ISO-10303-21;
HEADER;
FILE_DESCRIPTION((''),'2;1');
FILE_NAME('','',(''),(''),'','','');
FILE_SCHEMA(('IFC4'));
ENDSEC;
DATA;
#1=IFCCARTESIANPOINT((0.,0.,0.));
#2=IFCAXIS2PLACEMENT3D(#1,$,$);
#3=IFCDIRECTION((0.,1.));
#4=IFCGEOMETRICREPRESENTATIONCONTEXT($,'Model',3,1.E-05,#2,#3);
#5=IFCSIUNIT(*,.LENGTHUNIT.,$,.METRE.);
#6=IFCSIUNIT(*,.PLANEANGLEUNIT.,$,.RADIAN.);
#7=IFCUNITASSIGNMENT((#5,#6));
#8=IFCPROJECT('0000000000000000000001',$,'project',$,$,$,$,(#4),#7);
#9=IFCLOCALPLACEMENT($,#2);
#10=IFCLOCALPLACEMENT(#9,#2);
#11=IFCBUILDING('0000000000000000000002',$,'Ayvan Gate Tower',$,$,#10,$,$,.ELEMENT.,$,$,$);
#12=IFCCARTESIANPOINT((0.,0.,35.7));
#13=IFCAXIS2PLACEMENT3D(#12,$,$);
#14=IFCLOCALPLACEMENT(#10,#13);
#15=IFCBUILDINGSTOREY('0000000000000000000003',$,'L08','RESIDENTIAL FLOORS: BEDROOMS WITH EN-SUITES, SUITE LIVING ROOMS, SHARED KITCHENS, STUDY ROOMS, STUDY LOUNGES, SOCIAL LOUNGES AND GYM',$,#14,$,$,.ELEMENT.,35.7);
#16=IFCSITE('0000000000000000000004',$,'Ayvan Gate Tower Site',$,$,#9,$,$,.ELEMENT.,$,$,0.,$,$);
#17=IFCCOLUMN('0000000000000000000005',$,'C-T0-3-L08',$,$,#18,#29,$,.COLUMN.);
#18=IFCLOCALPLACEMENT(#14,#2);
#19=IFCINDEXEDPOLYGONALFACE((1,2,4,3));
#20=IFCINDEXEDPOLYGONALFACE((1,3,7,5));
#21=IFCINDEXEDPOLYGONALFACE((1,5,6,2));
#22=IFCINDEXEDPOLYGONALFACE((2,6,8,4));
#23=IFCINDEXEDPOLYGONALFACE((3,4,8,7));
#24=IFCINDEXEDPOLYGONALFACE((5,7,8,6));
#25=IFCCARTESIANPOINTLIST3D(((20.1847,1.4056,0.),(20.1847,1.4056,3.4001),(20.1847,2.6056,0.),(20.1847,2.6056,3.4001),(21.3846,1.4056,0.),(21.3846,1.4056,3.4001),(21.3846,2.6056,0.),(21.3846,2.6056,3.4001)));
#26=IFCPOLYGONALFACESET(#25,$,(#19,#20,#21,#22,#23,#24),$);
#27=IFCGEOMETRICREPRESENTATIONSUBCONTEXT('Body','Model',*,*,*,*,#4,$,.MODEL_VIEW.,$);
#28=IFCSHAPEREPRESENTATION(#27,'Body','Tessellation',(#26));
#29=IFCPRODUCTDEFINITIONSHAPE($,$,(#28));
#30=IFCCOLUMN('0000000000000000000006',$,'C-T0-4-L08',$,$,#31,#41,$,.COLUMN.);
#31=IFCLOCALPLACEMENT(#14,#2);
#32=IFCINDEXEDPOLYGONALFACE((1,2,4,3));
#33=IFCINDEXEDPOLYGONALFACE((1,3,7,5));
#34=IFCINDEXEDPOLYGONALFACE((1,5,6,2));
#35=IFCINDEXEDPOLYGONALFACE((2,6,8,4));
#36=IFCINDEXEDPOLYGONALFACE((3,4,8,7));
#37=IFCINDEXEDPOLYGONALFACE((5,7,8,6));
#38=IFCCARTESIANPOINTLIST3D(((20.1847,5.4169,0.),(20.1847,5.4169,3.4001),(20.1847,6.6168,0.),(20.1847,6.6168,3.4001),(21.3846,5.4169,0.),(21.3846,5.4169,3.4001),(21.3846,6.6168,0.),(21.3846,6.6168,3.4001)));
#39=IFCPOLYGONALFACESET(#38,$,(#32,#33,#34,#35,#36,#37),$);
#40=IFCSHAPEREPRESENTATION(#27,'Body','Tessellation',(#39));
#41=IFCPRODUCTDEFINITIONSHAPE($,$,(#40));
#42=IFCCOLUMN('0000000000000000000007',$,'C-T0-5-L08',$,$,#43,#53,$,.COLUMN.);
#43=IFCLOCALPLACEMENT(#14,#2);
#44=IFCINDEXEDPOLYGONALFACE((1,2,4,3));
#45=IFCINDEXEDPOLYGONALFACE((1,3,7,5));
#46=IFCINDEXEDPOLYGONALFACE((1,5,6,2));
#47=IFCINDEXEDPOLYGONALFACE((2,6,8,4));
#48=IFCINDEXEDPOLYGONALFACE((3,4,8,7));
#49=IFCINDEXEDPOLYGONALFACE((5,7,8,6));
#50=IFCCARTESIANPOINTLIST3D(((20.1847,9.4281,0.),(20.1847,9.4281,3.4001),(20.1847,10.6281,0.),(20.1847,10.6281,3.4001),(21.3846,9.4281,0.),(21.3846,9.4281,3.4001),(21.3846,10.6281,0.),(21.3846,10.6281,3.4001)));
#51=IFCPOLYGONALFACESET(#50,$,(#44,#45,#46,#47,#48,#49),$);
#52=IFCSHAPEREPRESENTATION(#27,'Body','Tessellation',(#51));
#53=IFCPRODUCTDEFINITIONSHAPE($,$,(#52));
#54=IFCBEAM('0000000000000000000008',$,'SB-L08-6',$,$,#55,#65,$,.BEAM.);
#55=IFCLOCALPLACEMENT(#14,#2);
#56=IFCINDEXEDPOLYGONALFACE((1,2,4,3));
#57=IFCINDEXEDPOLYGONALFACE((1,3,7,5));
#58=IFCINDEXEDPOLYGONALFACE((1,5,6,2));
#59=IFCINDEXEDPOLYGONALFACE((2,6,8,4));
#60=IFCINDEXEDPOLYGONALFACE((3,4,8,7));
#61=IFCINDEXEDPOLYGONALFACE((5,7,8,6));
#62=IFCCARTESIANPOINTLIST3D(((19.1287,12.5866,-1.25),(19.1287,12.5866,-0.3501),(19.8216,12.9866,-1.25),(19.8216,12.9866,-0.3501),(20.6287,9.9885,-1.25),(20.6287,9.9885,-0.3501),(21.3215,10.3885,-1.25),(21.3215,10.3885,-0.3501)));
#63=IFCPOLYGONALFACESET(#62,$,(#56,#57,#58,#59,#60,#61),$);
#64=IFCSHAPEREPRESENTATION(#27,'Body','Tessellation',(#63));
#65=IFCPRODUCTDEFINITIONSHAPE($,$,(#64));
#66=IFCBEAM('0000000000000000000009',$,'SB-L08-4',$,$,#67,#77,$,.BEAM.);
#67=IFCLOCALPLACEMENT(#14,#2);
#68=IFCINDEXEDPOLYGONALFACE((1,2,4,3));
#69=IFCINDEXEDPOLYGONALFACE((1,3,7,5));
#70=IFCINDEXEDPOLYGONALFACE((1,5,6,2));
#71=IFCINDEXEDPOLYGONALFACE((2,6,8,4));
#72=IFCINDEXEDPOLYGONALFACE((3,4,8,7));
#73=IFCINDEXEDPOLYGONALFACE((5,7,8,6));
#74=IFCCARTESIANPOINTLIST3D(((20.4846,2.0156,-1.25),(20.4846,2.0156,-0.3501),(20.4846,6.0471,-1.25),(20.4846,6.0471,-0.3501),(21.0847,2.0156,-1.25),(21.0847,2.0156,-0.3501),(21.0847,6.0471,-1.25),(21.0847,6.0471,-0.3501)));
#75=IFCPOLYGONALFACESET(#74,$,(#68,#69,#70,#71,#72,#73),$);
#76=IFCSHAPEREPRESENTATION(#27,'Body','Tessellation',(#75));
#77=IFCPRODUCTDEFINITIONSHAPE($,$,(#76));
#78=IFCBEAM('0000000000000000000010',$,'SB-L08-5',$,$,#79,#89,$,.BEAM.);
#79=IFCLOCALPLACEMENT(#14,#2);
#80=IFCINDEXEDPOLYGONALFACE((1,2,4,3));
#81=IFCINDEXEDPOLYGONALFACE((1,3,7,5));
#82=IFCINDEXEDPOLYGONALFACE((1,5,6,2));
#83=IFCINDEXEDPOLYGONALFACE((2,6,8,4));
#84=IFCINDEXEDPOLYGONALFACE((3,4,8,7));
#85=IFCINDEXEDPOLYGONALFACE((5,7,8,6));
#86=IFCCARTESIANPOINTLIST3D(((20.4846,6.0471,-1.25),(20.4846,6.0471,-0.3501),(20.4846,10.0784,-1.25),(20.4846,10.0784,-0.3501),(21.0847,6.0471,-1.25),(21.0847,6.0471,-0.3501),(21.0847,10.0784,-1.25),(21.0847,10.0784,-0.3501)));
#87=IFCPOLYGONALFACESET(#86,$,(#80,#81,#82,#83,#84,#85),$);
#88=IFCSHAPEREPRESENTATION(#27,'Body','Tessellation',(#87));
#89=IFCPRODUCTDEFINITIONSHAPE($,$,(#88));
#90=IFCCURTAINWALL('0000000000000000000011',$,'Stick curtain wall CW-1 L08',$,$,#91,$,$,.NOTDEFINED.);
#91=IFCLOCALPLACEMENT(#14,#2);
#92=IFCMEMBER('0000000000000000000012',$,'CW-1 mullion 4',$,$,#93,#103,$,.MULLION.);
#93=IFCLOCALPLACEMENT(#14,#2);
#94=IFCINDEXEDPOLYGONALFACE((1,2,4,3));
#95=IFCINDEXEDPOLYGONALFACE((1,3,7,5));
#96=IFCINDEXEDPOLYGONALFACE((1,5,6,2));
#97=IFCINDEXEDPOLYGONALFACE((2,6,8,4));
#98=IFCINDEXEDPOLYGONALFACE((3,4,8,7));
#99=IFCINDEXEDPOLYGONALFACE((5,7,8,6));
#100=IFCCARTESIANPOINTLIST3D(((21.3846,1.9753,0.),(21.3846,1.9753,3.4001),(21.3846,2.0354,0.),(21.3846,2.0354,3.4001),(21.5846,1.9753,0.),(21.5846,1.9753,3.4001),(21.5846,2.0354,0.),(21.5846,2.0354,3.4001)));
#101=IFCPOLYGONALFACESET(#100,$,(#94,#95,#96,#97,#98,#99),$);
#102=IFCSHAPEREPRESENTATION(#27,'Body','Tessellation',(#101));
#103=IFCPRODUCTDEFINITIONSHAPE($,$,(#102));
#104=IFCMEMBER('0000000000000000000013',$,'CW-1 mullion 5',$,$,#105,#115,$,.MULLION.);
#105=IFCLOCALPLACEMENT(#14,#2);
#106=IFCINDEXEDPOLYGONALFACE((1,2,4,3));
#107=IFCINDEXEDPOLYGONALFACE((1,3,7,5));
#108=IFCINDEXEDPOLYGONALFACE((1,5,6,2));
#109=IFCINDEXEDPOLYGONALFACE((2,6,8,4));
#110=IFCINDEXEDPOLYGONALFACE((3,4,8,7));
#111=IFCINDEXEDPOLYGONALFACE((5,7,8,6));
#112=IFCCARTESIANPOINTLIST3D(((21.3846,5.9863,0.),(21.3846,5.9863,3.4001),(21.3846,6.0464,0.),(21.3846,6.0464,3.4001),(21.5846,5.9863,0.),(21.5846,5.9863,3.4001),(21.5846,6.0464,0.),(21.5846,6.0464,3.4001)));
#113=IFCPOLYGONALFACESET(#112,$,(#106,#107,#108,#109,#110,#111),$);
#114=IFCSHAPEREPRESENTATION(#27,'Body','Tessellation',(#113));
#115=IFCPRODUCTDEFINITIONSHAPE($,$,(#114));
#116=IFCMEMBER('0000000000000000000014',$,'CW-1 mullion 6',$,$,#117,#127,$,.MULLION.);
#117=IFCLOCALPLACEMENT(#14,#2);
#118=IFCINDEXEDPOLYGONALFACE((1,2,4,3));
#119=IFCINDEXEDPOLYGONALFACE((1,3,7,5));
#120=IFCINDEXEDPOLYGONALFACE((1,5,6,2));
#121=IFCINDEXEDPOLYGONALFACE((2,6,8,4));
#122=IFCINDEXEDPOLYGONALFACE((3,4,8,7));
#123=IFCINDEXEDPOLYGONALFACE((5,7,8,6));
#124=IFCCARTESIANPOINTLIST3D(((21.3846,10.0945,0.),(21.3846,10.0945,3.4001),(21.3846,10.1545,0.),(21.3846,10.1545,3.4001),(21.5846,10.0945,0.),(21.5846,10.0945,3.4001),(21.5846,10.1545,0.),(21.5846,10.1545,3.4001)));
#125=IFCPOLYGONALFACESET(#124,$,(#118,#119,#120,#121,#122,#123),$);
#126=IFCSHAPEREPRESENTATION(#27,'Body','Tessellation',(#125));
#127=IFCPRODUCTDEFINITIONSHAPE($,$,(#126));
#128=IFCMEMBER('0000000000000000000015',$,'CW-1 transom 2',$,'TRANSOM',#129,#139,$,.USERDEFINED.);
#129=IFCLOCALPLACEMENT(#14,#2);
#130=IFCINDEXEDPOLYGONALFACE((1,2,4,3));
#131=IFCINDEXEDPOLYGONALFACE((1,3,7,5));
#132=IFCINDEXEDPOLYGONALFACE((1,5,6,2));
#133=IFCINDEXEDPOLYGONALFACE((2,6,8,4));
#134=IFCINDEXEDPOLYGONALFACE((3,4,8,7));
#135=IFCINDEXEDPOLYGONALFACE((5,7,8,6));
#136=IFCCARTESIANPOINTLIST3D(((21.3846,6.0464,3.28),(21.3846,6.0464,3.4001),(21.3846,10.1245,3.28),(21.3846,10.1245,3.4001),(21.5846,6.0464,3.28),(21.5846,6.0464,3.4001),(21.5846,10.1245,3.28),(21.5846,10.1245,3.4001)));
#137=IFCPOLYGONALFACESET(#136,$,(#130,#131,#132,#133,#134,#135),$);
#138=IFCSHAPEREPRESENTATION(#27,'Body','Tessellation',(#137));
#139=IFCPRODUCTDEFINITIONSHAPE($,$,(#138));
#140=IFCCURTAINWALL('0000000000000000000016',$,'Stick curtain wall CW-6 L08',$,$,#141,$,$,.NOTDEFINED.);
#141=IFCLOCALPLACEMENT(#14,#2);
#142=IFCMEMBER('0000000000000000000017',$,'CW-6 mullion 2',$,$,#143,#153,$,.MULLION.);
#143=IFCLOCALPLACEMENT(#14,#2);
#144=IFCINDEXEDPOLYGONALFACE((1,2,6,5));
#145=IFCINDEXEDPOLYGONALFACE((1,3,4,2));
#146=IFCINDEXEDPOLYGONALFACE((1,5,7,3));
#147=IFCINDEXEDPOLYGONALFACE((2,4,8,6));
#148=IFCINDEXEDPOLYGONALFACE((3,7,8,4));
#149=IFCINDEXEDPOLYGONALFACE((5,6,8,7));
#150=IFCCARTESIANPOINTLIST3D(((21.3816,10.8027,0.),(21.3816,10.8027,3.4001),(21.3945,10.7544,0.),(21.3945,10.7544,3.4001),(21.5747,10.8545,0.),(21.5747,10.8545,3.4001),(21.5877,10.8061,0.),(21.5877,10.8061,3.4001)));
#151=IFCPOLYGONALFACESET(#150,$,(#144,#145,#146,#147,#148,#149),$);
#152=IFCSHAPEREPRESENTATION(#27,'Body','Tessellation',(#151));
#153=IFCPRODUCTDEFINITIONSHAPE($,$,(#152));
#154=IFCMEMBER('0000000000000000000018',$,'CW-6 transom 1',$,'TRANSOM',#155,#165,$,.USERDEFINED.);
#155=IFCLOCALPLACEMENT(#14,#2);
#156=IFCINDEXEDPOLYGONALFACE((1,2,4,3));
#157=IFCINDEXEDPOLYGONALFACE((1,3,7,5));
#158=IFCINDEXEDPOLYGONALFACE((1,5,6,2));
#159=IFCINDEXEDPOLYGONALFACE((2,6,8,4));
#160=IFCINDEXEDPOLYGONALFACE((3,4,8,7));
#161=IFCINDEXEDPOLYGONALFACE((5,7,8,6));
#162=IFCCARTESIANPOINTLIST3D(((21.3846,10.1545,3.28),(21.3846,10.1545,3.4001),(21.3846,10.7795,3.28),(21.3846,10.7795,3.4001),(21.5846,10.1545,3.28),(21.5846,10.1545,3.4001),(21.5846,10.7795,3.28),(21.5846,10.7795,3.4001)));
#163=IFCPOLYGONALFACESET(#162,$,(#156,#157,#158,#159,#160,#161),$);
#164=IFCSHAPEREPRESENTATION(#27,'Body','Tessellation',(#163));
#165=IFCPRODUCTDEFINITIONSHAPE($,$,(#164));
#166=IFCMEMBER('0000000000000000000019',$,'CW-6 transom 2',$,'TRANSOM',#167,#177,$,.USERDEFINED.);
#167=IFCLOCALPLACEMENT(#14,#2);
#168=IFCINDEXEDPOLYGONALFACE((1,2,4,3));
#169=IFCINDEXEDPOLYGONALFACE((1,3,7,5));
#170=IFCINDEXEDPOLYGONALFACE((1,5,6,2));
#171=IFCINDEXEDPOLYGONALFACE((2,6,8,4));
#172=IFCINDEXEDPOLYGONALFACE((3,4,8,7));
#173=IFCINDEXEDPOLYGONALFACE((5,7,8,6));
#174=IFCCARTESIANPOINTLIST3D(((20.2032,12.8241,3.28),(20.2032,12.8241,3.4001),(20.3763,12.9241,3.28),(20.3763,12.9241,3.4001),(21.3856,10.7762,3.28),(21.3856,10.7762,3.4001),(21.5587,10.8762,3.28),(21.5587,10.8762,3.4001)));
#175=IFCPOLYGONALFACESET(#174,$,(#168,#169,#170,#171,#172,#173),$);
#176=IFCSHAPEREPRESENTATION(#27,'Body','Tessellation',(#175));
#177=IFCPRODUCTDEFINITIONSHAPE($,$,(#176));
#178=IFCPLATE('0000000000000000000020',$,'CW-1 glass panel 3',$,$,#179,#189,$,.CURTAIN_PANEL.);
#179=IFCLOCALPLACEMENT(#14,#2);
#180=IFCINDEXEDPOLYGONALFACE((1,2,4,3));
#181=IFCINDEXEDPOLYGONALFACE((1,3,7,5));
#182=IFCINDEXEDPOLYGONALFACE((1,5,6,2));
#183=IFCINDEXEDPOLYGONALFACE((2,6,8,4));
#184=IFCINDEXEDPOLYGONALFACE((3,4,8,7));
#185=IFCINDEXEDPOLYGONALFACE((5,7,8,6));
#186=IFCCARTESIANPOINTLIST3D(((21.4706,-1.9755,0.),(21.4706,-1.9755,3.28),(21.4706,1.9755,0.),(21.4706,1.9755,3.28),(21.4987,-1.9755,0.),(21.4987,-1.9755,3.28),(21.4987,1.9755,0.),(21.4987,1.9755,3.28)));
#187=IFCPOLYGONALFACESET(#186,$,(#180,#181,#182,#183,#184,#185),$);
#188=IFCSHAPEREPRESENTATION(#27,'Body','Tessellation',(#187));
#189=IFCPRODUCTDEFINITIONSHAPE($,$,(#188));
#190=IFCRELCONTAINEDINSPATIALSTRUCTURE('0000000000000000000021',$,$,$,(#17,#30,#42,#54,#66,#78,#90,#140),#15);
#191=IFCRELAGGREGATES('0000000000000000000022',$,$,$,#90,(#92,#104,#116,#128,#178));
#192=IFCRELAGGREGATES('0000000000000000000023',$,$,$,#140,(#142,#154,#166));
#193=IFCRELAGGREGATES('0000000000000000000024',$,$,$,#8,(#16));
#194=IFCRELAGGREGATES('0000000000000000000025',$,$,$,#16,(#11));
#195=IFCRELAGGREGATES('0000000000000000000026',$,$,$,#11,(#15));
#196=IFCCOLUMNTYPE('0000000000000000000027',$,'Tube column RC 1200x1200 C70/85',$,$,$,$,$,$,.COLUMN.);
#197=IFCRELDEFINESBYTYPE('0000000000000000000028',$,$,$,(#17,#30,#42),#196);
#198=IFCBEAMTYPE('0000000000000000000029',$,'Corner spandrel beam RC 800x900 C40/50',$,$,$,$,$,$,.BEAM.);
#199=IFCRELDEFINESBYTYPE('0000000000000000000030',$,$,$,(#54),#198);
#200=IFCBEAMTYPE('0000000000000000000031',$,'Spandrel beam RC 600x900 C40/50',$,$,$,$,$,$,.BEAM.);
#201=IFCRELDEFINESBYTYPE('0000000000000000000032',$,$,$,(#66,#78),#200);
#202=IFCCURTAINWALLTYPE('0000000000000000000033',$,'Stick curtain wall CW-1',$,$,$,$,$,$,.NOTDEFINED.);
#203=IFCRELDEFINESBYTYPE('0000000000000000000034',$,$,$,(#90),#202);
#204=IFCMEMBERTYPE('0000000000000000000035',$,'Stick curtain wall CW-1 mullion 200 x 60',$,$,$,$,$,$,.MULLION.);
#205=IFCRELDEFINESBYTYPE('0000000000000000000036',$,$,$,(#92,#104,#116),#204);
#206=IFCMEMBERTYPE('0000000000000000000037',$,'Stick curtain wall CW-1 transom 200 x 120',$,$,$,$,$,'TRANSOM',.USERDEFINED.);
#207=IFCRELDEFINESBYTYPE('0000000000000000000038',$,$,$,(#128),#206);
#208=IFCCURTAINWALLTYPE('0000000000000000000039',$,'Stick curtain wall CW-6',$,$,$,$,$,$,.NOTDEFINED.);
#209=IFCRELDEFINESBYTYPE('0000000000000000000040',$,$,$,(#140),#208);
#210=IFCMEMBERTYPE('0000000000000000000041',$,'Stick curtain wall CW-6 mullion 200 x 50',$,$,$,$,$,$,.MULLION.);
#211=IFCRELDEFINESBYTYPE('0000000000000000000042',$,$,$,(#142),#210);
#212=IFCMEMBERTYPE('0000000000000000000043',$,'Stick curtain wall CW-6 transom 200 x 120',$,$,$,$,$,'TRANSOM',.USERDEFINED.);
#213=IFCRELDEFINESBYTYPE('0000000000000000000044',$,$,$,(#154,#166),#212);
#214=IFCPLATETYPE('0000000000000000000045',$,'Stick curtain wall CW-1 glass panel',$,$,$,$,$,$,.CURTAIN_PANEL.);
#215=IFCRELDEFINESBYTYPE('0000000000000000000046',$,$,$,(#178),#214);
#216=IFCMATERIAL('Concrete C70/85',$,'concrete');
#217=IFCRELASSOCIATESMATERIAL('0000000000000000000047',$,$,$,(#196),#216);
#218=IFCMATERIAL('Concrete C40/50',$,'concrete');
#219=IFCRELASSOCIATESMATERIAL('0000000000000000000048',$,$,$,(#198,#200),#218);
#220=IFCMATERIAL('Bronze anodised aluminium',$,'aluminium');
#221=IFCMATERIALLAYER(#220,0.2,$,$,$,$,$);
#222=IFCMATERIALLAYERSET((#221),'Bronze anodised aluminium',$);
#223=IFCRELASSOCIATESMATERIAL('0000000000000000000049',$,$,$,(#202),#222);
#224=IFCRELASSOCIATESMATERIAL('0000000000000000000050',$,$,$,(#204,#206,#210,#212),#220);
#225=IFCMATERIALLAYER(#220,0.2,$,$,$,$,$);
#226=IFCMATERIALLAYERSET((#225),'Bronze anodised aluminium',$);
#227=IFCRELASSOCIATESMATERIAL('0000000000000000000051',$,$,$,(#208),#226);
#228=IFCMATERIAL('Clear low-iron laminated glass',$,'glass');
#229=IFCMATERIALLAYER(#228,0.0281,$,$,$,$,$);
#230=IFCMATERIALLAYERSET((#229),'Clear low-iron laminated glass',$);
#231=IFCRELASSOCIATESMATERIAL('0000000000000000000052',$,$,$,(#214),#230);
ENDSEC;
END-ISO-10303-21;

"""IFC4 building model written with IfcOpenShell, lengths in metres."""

from ifc_helpers import new_model, si_unit, direction, frame, origin, origin_2d, place, context, subcontext, project, spatial, rectangle, extrude, material, layer, layer_set, material_profile, profile_set, type_object, element, aggregate, save


model = new_model("IFC4")

# Units and contexts
model_context = context("Model", 3, precision=1e-05, world=origin(), true_north=direction((0.0, 1.0)))
body_context = subcontext(model_context, "Body", "Model", "MODEL_VIEW")
ifc_project = project(units=[si_unit("LENGTHUNIT", "METRE"), si_unit("PLANEANGLEUNIT", "RADIAN")], contexts=[model_context])

# Site, building, storey
site_placement = place(None, origin())
site = spatial("IfcSite", under=ifc_project, at=site_placement, Name="Ayvan Gate Tower Site", CompositionType="ELEMENT", RefElevation=0.0)
building_placement = place(site_placement, origin())
building = spatial("IfcBuilding", under=site, at=building_placement, Name="Ayvan Gate Tower", CompositionType="ELEMENT")
storey_placement = place(building_placement, frame((0.0, 0.0, 35.7)))
storey = spatial("IfcBuildingStorey", under=building, at=storey_placement, Name="L08", Description="RESIDENTIAL FLOORS: BEDROOMS WITH EN-SUITES, SUITE LIVING ROOMS, SHARED KITCHENS, STUDY ROOMS, STUDY LOUNGES, SOCIAL LOUNGES AND GYM", CompositionType="ELEMENT", Elevation=35.7)

# Columns
ifc_material_1 = material(Name="Concrete C70/85", Category="concrete")
ifc_material_profile_1 = material_profile(ifc_material_1, rectangle(XDim=1.2, YDim=1.2, at=origin_2d()), Name="RC 1200x1200")
ifc_profile_set_1 = profile_set([ifc_material_profile_1], Name="Concrete C70/85")
column_type = type_object("IfcColumnType", Name="Tube column RC 1200x1200 C70/85", PredefinedType="COLUMN", material=ifc_profile_set_1)
for number, where, z_axis, x_axis, name in (
    (1, (20.7847, 2.0056, 0.0), (0.0, 0.0, 1.0), (1.0, 0.0, 0.0), "C-T0-3-L08"),
    (2, (20.7847, 6.0168, 0.0), (0.0, 0.0, 1.0), (1.0, 0.0, 0.0), "C-T0-4-L08"),
    (3, (20.7847, 10.0281, 0.0), (0.0, 0.0, 1.0), (1.0, 0.0, 0.0), "C-T0-5-L08"),
):
    element("IfcColumn", number, at=place(storey_placement, frame(where, z_axis=z_axis, x_axis=x_axis)), inside=storey, type_object=column_type, Name=name, PredefinedType="COLUMN", context=body_context, shape_type="SweptSolid", body=[
        extrude(rectangle(XDim=1.2, YDim=1.2, at=origin_2d()), origin(), (0.0, 0.0, 1.0), 3.4001),
    ])

# Beams
ifc_material_2 = material(Name="Concrete C40/50", Category="concrete")
ifc_material_profile_2 = material_profile(ifc_material_2, rectangle(XDim=0.8, YDim=0.8999, at=origin_2d()), Name="RC 800x900")
ifc_profile_set_2 = profile_set([ifc_material_profile_2], Name="Concrete C40/50")
beam_type_1 = type_object("IfcBeamType", Name="Corner spandrel beam RC 800x900 C40/50", PredefinedType="BEAM", material=ifc_profile_set_2)
beam_1_placement = place(storey_placement, frame((20.9751, 10.1885, -0.8), z_axis=(-0.49999, 0.866031, 0.0), x_axis=(-0.866031, -0.49999, 0.0)))
element("IfcBeam", 4, at=beam_1_placement, inside=storey, type_object=beam_type_1, Name="SB-L08-6", PredefinedType="BEAM", context=body_context, shape_type="SweptSolid", body=[
    extrude(rectangle(XDim=0.8, YDim=0.8999, at=origin_2d()), origin(), (0.0, 0.0, 1.0), 3.0),
])
ifc_material_profile_3 = material_profile(ifc_material_2, rectangle(XDim=0.6001, YDim=0.8999, at=origin_2d()), Name="RC 600x900")
ifc_profile_set_3 = profile_set([ifc_material_profile_3], Name="Concrete C40/50")
beam_type_2 = type_object("IfcBeamType", Name="Spandrel beam RC 600x900 C40/50", PredefinedType="BEAM", material=ifc_profile_set_3)
beam_2_placement = place(storey_placement, frame((20.7847, 2.0156, -0.8), z_axis=(0.0, 1.0, 0.0), x_axis=(-1.0, 0.0, 0.0)))
element("IfcBeam", 5, at=beam_2_placement, inside=storey, type_object=beam_type_2, Name="SB-L08-4", PredefinedType="BEAM", context=body_context, shape_type="SweptSolid", body=[
    extrude(rectangle(XDim=0.6001, YDim=0.8999, at=origin_2d()), origin(), (0.0, 0.0, 1.0), 4.0315),
])
beam_3_placement = place(storey_placement, frame((20.7847, 6.0471, -0.8), z_axis=(0.0, 1.0, 0.0), x_axis=(-1.0, 0.0, 0.0)))
element("IfcBeam", 6, at=beam_3_placement, inside=storey, type_object=beam_type_2, Name="SB-L08-5", PredefinedType="BEAM", context=body_context, shape_type="SweptSolid", body=[
    extrude(rectangle(XDim=0.6001, YDim=0.8999, at=origin_2d()), origin(), (0.0, 0.0, 1.0), 4.0312),
])

# Curtain walls, members
ifc_material_3 = material(Name="Bronze anodised aluminium", Category="aluminium")
ifc_layer_1 = layer(ifc_material_3, 0.2)
ifc_layer_set_1 = layer_set([ifc_layer_1], Name="Bronze anodised aluminium")
curtain_wall_type_1 = type_object("IfcCurtainWallType", Name="Stick curtain wall CW-1", PredefinedType="NOTDEFINED", material=ifc_layer_set_1)
curtain_wall_1_placement = place(storey_placement, origin())
curtain_wall_1 = element("IfcCurtainWall", 7, at=curtain_wall_1_placement, inside=storey, type_object=curtain_wall_type_1, Name="Stick curtain wall CW-1 L08", PredefinedType="NOTDEFINED")
ifc_material_profile_4 = material_profile(ifc_material_3, rectangle(XDim=0.2, YDim=0.0601, at=origin_2d()), Name="Stick curtain wall CW-1 mullion 200 x 60")
ifc_profile_set_4 = profile_set([ifc_material_profile_4], Name="Bronze anodised aluminium")
member_type_1 = type_object("IfcMemberType", Name="Stick curtain wall CW-1 mullion 200 x 60", PredefinedType="MULLION", material=ifc_profile_set_4)
member_1_placement = place(storey_placement, frame((21.4846, 2.0054, 0.0), z_axis=(0.0, 0.0, 1.0), x_axis=(1.0, 0.0, 0.0)))
member_1 = element("IfcMember", 8, at=member_1_placement, type_object=member_type_1, Name="CW-1 mullion 4", PredefinedType="MULLION", context=body_context, shape_type="SweptSolid", body=[
    extrude(rectangle(XDim=0.2, YDim=0.0601, at=origin_2d()), origin(), (0.0, 0.0, 1.0), 3.4001),
])
member_2_placement = place(storey_placement, frame((21.4846, 6.0164, 0.0), z_axis=(0.0, 0.0, 1.0), x_axis=(1.0, 0.0, 0.0)))
member_2 = element("IfcMember", 9, at=member_2_placement, type_object=member_type_1, Name="CW-1 mullion 5", PredefinedType="MULLION", context=body_context, shape_type="SweptSolid", body=[
    extrude(rectangle(XDim=0.2, YDim=0.0601, at=origin_2d()), origin(), (0.0, 0.0, 1.0), 3.4001),
])
member_3_placement = place(storey_placement, frame((21.4846, 10.1245, 0.0), z_axis=(0.0, 0.0, 1.0), x_axis=(1.0, 0.0, 0.0)))
member_3 = element("IfcMember", 10, at=member_3_placement, type_object=member_type_1, Name="CW-1 mullion 6", PredefinedType="MULLION", context=body_context, shape_type="SweptSolid", body=[
    extrude(rectangle(XDim=0.2, YDim=0.0601, at=origin_2d()), origin(), (0.0, 0.0, 1.0), 3.4001),
])
ifc_material_profile_5 = material_profile(ifc_material_3, rectangle(XDim=0.2, YDim=0.1201, at=origin_2d()), Name="Stick curtain wall CW-1 transom 200 x 120")
ifc_profile_set_5 = profile_set([ifc_material_profile_5], Name="Bronze anodised aluminium")
member_type_2 = type_object("IfcMemberType", Name="Stick curtain wall CW-1 transom 200 x 120", ElementType="TRANSOM", PredefinedType="USERDEFINED", material=ifc_profile_set_5)
member_4_placement = place(storey_placement, frame((21.4846, 6.0464, 3.3401), z_axis=(0.0, 1.0, 0.0), x_axis=(-1.0, 0.0, 0.0)))
member_4 = element("IfcMember", 11, at=member_4_placement, type_object=member_type_2, Name="CW-1 transom 2", ObjectType="TRANSOM", PredefinedType="USERDEFINED", context=body_context, shape_type="SweptSolid", body=[
    extrude(rectangle(XDim=0.2, YDim=0.1201, at=origin_2d()), origin(), (0.0, 0.0, 1.0), 4.0781),
])
ifc_layer_2 = layer(ifc_material_3, 0.2)
ifc_layer_set_2 = layer_set([ifc_layer_2], Name="Bronze anodised aluminium")
curtain_wall_type_2 = type_object("IfcCurtainWallType", Name="Stick curtain wall CW-6", PredefinedType="NOTDEFINED", material=ifc_layer_set_2)
curtain_wall_2_placement = place(storey_placement, origin())
curtain_wall_2 = element("IfcCurtainWall", 12, at=curtain_wall_2_placement, inside=storey, type_object=curtain_wall_type_2, Name="Stick curtain wall CW-6 L08", PredefinedType="NOTDEFINED")
ifc_material_profile_6 = material_profile(ifc_material_3, rectangle(XDim=0.2, YDim=0.05, at=origin_2d()), Name="Stick curtain wall CW-6 mullion 200 x 50")
ifc_profile_set_6 = profile_set([ifc_material_profile_6], Name="Bronze anodised aluminium")
member_type_3 = type_object("IfcMemberType", Name="Stick curtain wall CW-6 mullion 200 x 50", PredefinedType="MULLION", material=ifc_profile_set_6)
member_5_placement = place(storey_placement, frame((21.4846, 10.8044, 0.0), z_axis=(0.0, 0.0, 1.0), x_axis=(0.965926, 0.258819, 0.0)))
member_5 = element("IfcMember", 13, at=member_5_placement, type_object=member_type_3, Name="CW-6 mullion 2", PredefinedType="MULLION", context=body_context, shape_type="SweptSolid", body=[
    extrude(rectangle(XDim=0.2, YDim=0.05, at=origin_2d()), origin(), (0.0, 0.0, 1.0), 3.4001),
])
ifc_material_profile_7 = material_profile(ifc_material_3, rectangle(XDim=0.2, YDim=0.1201, at=origin_2d()), Name="Stick curtain wall CW-6 transom 200 x 120")
ifc_profile_set_7 = profile_set([ifc_material_profile_7], Name="Bronze anodised aluminium")
member_type_4 = type_object("IfcMemberType", Name="Stick curtain wall CW-6 transom 200 x 120", ElementType="TRANSOM", PredefinedType="USERDEFINED", material=ifc_profile_set_7)
member_6_placement = place(storey_placement, frame((21.4846, 10.1545, 3.3401), z_axis=(0.0, 1.0, 0.0), x_axis=(-1.0, 0.0, 0.0)))
member_6 = element("IfcMember", 14, at=member_6_placement, type_object=member_type_4, Name="CW-6 transom 1", ObjectType="TRANSOM", PredefinedType="USERDEFINED", context=body_context, shape_type="SweptSolid", body=[
    extrude(rectangle(XDim=0.2, YDim=0.1201, at=origin_2d()), origin(), (0.0, 0.0, 1.0), 0.625),
])
member_7_placement = place(storey_placement, frame((21.4722, 10.8262, 3.3401), z_axis=(-0.500014, 0.866017, 0.0), x_axis=(-0.866017, -0.500014, 0.0)))
member_7 = element("IfcMember", 15, at=member_7_placement, type_object=member_type_4, Name="CW-6 transom 2", ObjectType="TRANSOM", PredefinedType="USERDEFINED", context=body_context, shape_type="SweptSolid", body=[
    extrude(rectangle(XDim=0.2, YDim=0.1201, at=origin_2d()), origin(), (0.0, 0.0, 1.0), 2.3647),
])

# Plate
ifc_material_4 = material(Name="Clear low-iron laminated glass", Category="glass")
ifc_layer_3 = layer(ifc_material_4, 0.0281)
ifc_layer_set_3 = layer_set([ifc_layer_3], Name="Clear low-iron laminated glass")
plate_type_1 = type_object("IfcPlateType", Name="Stick curtain wall CW-1 glass panel", PredefinedType="CURTAIN_PANEL", material=ifc_layer_set_3)
plate_1_placement = place(storey_placement, frame((21.4846, 0.0, 0.0), z_axis=(0.0, 0.0, 1.0), x_axis=(0.0, 1.0, 0.0)))
plate_1 = element("IfcPlate", 16, at=plate_1_placement, type_object=plate_type_1, Name="CW-1 glass panel 3", PredefinedType="CURTAIN_PANEL", context=body_context, shape_type="SweptSolid", body=[
    extrude(rectangle(XDim=3.9509, YDim=0.0281, at=origin_2d()), origin(), (0.0, 0.0, 1.0), 3.28),
])
aggregate(curtain_wall_1, [member_1, member_2, member_3, member_4, plate_1])
aggregate(curtain_wall_2, [member_5, member_6, member_7])

save(model, "model.ifc")
